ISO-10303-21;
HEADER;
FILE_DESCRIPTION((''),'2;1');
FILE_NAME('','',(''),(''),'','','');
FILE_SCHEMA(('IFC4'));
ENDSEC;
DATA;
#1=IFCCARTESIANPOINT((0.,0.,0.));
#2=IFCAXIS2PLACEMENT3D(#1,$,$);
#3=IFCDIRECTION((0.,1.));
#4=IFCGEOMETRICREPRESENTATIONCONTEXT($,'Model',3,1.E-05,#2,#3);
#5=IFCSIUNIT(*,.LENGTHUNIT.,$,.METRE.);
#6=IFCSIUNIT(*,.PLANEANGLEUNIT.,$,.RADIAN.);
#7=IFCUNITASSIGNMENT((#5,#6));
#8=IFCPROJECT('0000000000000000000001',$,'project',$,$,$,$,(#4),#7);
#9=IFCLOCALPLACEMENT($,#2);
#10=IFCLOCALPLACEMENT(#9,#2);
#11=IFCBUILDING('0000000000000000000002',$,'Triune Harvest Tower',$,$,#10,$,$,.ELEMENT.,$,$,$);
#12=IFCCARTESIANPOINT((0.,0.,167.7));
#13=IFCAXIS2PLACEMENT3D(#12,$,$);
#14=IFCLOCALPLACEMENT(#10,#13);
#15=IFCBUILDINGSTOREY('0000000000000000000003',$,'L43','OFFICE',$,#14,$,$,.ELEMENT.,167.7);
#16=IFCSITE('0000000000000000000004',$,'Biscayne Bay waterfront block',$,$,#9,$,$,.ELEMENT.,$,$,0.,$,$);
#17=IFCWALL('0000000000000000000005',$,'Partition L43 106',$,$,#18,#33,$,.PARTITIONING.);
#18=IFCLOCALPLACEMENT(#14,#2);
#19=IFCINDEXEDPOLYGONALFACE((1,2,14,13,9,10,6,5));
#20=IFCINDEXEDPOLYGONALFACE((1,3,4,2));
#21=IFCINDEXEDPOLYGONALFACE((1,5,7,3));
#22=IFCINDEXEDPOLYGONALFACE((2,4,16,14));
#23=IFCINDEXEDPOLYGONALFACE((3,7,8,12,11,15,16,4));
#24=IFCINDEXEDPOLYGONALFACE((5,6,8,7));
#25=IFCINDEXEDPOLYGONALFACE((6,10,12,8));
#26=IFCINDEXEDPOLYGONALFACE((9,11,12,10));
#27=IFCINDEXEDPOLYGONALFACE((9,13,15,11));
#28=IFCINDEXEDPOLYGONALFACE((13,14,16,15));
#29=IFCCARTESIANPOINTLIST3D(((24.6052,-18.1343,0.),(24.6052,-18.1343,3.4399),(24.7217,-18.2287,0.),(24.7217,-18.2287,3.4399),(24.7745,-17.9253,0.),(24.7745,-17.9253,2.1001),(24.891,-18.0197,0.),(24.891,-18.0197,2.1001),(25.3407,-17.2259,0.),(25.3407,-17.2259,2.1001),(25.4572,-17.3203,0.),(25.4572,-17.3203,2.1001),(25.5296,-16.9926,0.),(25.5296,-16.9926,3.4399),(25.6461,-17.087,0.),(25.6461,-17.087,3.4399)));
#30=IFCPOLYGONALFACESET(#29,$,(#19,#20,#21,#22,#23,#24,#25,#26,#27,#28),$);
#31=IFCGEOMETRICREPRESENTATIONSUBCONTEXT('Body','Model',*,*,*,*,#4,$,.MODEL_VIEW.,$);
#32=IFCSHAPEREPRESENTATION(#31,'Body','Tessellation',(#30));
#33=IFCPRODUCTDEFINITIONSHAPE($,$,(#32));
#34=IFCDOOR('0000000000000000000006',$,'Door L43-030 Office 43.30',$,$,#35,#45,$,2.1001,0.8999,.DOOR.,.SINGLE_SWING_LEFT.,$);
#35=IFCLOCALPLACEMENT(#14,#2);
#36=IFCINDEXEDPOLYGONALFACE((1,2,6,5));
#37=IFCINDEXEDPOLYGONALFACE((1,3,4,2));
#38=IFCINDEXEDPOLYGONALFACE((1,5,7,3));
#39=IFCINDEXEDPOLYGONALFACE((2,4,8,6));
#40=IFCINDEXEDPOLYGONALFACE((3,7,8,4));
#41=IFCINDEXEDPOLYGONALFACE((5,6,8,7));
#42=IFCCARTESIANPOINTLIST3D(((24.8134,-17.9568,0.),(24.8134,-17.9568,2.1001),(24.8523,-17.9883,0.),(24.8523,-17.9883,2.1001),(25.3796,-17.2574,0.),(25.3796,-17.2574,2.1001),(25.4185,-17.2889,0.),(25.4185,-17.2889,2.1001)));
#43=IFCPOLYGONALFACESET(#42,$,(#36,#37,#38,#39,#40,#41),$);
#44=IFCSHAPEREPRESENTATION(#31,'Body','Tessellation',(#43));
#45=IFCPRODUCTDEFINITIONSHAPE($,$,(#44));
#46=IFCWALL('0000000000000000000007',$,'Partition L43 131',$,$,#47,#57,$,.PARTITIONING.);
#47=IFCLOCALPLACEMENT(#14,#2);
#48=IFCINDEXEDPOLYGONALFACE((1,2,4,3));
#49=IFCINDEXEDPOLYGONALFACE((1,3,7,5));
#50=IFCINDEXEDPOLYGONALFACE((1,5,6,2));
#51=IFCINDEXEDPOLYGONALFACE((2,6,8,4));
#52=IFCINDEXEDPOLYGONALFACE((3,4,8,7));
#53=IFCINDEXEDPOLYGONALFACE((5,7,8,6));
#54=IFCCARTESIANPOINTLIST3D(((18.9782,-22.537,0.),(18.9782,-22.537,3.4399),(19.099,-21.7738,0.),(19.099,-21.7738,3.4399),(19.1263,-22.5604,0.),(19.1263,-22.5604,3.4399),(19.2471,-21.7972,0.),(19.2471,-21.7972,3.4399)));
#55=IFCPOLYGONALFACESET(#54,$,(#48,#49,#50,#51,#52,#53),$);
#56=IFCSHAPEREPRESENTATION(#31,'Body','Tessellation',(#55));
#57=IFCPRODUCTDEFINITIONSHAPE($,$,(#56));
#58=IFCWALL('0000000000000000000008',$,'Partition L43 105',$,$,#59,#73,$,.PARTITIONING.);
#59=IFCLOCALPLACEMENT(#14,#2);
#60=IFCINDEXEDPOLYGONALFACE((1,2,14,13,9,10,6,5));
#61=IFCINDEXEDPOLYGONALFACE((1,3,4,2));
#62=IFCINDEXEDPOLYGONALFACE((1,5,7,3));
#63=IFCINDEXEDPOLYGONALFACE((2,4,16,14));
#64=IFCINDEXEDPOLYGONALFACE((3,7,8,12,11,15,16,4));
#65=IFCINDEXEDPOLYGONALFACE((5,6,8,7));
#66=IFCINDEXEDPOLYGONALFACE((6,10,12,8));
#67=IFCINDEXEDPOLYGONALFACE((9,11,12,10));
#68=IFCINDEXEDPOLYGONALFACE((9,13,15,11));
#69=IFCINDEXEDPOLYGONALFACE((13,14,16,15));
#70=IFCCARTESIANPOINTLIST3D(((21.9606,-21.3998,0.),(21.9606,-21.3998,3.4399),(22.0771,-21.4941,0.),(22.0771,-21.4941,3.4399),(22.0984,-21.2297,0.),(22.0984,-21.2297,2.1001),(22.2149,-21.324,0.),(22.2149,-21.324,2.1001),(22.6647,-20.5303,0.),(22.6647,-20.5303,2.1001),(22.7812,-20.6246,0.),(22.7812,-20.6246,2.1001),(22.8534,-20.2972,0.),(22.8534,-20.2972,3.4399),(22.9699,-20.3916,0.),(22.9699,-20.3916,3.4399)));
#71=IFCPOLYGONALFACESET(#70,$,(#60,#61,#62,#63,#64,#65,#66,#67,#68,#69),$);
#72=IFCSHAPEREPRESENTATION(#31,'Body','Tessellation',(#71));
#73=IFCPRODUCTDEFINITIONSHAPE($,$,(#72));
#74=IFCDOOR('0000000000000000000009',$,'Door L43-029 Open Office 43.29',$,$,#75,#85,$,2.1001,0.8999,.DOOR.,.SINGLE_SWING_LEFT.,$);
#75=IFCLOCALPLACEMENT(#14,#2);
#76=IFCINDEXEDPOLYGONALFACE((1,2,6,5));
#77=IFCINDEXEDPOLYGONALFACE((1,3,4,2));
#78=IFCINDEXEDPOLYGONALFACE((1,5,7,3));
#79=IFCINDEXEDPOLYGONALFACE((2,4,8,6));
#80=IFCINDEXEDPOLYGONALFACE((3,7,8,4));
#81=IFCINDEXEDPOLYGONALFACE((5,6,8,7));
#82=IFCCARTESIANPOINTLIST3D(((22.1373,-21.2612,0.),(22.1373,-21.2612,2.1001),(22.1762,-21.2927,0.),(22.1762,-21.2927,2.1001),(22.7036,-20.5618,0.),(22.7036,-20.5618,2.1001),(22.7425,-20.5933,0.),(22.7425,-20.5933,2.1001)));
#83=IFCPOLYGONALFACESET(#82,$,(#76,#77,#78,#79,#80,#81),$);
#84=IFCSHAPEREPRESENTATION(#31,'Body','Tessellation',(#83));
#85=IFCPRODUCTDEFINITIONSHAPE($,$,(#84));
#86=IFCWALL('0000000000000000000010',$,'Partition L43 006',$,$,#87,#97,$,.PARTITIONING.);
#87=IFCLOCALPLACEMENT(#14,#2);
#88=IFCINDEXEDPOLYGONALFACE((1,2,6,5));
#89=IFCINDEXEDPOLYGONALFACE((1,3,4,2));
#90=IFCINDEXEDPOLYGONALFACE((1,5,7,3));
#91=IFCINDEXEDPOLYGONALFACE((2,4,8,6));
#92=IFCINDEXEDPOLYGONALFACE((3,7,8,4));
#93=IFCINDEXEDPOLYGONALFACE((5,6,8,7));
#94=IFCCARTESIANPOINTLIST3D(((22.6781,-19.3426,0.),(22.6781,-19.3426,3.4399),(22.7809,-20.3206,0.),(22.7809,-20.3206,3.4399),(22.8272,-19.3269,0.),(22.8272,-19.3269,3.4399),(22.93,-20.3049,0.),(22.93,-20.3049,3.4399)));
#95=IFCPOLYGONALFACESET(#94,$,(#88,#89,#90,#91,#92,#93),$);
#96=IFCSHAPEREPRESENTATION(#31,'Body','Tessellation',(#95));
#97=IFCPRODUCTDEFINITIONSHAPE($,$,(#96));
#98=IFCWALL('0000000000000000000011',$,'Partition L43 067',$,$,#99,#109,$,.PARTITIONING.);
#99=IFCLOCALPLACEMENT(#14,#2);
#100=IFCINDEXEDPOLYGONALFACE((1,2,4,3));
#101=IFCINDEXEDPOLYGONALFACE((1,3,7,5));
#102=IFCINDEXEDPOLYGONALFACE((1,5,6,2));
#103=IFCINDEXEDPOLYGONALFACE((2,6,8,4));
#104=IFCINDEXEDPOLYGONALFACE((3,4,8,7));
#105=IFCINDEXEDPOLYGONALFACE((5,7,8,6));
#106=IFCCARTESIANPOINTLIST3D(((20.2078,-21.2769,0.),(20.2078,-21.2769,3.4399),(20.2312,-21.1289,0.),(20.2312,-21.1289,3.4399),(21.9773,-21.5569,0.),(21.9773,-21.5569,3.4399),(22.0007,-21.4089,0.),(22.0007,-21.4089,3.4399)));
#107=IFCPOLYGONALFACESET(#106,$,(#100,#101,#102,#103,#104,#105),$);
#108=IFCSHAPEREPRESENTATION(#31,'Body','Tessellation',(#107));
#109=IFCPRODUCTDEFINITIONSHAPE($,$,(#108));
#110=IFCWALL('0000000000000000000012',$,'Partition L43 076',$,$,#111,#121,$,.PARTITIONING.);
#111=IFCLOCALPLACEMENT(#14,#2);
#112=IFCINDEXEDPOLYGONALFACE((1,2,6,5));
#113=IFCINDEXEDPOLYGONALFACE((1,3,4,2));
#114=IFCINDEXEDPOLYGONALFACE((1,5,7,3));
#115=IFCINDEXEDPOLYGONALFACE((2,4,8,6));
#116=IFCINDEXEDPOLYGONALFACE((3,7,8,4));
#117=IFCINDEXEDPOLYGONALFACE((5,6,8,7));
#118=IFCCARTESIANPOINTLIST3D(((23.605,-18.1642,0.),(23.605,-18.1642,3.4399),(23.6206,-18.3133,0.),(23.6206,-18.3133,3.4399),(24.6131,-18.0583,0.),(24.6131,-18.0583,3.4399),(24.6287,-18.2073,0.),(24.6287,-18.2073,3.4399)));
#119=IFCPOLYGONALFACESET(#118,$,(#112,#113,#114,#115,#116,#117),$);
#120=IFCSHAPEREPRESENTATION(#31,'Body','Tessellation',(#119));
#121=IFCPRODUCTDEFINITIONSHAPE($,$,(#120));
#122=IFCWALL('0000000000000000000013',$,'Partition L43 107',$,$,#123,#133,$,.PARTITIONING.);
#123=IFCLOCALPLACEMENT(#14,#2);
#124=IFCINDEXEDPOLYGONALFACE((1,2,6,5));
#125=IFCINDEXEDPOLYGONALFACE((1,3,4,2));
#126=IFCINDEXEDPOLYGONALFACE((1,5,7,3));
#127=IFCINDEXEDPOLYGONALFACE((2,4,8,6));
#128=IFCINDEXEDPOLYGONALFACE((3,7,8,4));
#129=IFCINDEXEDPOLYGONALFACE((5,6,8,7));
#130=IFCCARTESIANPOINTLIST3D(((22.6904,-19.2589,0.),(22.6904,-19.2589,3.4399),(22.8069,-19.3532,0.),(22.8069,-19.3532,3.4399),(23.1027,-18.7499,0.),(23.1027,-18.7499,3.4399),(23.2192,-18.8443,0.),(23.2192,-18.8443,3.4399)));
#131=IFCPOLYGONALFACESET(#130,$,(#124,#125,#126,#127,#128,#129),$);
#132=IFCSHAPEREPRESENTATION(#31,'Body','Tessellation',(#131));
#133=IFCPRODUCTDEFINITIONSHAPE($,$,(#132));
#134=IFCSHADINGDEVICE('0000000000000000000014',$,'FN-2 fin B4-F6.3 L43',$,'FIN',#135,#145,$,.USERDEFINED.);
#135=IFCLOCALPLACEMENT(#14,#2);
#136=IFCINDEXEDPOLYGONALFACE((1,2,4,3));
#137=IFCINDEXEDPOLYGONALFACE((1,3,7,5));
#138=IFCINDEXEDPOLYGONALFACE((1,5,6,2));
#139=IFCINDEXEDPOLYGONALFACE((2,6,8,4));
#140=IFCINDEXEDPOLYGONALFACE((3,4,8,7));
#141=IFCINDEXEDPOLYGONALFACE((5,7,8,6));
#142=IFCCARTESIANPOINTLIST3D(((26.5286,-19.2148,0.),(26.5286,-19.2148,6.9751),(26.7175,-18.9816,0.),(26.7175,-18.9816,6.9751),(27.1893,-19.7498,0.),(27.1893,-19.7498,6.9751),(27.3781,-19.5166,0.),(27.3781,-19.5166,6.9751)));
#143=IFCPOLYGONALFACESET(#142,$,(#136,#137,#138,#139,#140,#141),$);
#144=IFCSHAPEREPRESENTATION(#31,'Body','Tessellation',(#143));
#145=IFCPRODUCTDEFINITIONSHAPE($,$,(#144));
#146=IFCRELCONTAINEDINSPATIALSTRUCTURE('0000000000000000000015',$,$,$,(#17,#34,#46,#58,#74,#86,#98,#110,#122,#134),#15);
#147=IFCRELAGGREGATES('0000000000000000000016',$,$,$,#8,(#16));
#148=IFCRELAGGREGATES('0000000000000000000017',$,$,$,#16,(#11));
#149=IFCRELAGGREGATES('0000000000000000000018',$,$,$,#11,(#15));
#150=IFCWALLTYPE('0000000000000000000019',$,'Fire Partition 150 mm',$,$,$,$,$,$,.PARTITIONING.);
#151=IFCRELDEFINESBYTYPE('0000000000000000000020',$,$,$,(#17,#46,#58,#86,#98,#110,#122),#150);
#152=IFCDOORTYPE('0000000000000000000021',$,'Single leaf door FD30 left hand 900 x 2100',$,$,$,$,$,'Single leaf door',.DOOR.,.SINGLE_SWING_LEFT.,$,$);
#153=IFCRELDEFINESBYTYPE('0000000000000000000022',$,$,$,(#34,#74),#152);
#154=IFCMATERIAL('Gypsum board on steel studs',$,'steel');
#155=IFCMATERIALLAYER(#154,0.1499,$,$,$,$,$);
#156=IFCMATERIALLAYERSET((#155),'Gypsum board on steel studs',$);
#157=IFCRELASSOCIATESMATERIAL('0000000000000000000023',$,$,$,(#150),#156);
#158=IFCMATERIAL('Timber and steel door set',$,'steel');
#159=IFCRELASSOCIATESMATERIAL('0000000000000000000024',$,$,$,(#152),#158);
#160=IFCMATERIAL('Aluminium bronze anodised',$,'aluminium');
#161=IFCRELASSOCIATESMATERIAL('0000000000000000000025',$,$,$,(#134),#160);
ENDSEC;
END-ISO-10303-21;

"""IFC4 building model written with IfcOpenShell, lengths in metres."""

from ifc_helpers import new_model, si_unit, direction, frame, frame_2d, origin, origin_2d, place, context, subcontext, project, spatial, rectangle, extrude, source, transform, mapped, material, layer, layer_set, type_object, element, fill, save


model = new_model("IFC4")

# Units and contexts
model_context = context("Model", 3, precision=1e-05, world=origin(), true_north=direction((0.0, 1.0)))
body_context = subcontext(model_context, "Body", "Model", "MODEL_VIEW")
ifc_project = project(units=[si_unit("LENGTHUNIT", "METRE"), si_unit("PLANEANGLEUNIT", "RADIAN")], contexts=[model_context])

# Site, building, storey
site_placement = place(None, origin())
site = spatial("IfcSite", under=ifc_project, at=site_placement, Name="Biscayne Bay waterfront block", CompositionType="ELEMENT", RefElevation=0.0)
building_placement = place(site_placement, origin())
building = spatial("IfcBuilding", under=site, at=building_placement, Name="Triune Harvest Tower", CompositionType="ELEMENT")
storey_placement = place(building_placement, frame((0.0, 0.0, 167.7)))
storey = spatial("IfcBuildingStorey", under=building, at=storey_placement, Name="L43", Description="OFFICE", CompositionType="ELEMENT", Elevation=167.7)

# Shared definitions
ifc_material_1 = material(Name="Gypsum board on steel studs", Category="steel")
ifc_layer_1 = layer(ifc_material_1, 0.1499)
ifc_layer_set_1 = layer_set([ifc_layer_1], Name="Gypsum board on steel studs")
wall_type = type_object("IfcWallType", Name="Fire Partition 150 mm", PredefinedType="PARTITIONING", material=ifc_layer_set_1)

# Wall, opening, door
wall_1_placement = place(storey_placement, frame((24.6636, -18.1814, 0.0), z_axis=(0.0, 0.0, 1.0), x_axis=(0.629265, 0.777191, 0.0)))
wall_1 = element("IfcWall", 1, at=wall_1_placement, inside=storey, type_object=wall_type, Name="Partition L43 106", PredefinedType="PARTITIONING", context=body_context, shape_type="SweptSolid", body=[
    extrude(rectangle(XDim=1.469, YDim=0.1499, at=frame_2d((0.7344, 0.0))), origin(), (0.0, 0.0, 1.0), 3.4399),
])
opening_1_placement = place(wall_1_placement, frame((0.2688, 0.0, 0.0)))
opening_1 = element("IfcOpeningElement", 2, at=opening_1_placement, cuts=wall_1, PredefinedType="OPENING", context=body_context, shape_type="SweptSolid", body=[
    extrude(rectangle(XDim=0.8999, YDim=2.1001, at=frame_2d((0.45, 1.05))), frame((0.0, 0.085, 0.0), z_axis=(0.0, -1.0, 0.0), x_axis=(1.0, 0.0, 0.0)), (0.0, 0.0, 1.0), 0.1699),
])
ifc_material_2 = material(Name="Timber and steel door set", Category="steel")
door_type = type_object("IfcDoorType", Name="Single leaf door FD30 left hand 900 x 2100", ElementType="Single leaf door", OperationType="SINGLE_SWING_LEFT", PredefinedType="DOOR", material=ifc_material_2)
door_1_placement = place(opening_1_placement, origin())
door_1 = element("IfcDoor", 3, at=door_1_placement, inside=storey, type_object=door_type, Name="Door L43-030 Office 43.30", OperationType="SINGLE_SWING_LEFT", OverallHeight=2.1001, OverallWidth=0.8999, PredefinedType="DOOR", context=body_context, shape_type="SweptSolid", body=[
    extrude(rectangle(XDim=0.8999, YDim=2.1001, at=frame_2d((0.45, 1.05))), frame((0.0, 0.0249, 0.0), z_axis=(0.0, -1.0, 0.0), x_axis=(1.0, 0.0, 0.0)), (0.0, 0.0, 1.0), 0.05),
])
fill(opening_1, door_1)

# Wall
wall_2_placement = place(storey_placement, frame((19.0522, -22.5486, 0.0), z_axis=(0.0, 0.0, 1.0), x_axis=(0.156401, 0.987694, 0.0)))
element("IfcWall", 4, at=wall_2_placement, inside=storey, type_object=wall_type, Name="Partition L43 131", PredefinedType="PARTITIONING", context=body_context, shape_type="SweptSolid", body=[
    extrude(rectangle(XDim=0.7727, YDim=0.1499, at=frame_2d((0.3862, 0.0))), origin(), (0.0, 0.0, 1.0), 3.4399),
])

# Wall, opening, door
shared_shape_1 = source(origin(), body_context, "Body", "SweptSolid", [
    extrude(rectangle(XDim=1.4187, YDim=0.1499, at=frame_2d((0.7095, 0.0))), origin(), (0.0, 0.0, 1.0), 3.4399),
])
wall_3_placement = place(storey_placement, frame((22.0188, -21.447, 0.0), z_axis=(0.0, 0.0, 1.0), x_axis=(0.629322, 0.777145, 0.0)))
wall_3 = element("IfcWall", 5, at=wall_3_placement, inside=storey, type_object=wall_type, Name="Partition L43 105", PredefinedType="PARTITIONING", context=body_context, shape_type="MappedRepresentation", body=[
    mapped(shared_shape_1, transform((0.0, 0.0, 0.0), scale=1.0)),
])
opening_2_placement = place(wall_3_placement, frame((0.219, 0.0, 0.0)))
opening_2 = element("IfcOpeningElement", 6, at=opening_2_placement, cuts=wall_3, PredefinedType="OPENING", context=body_context, shape_type="SweptSolid", body=[
    extrude(rectangle(XDim=0.8999, YDim=2.1001, at=frame_2d((0.45, 1.05))), frame((0.0, 0.085, 0.0), z_axis=(0.0, -1.0, 0.0), x_axis=(1.0, 0.0, 0.0)), (0.0, 0.0, 1.0), 0.1699),
])
door_2_placement = place(opening_2_placement, origin())
door_2 = element("IfcDoor", 7, at=door_2_placement, inside=storey, type_object=door_type, Name="Door L43-029 Open Office 43.29", OperationType="SINGLE_SWING_LEFT", OverallHeight=2.1001, OverallWidth=0.8999, PredefinedType="DOOR", context=body_context, shape_type="SweptSolid", body=[
    extrude(rectangle(XDim=0.8999, YDim=2.1001, at=frame_2d((0.45, 1.05))), frame((0.0, 0.0249, 0.0), z_axis=(0.0, -1.0, 0.0), x_axis=(1.0, 0.0, 0.0)), (0.0, 0.0, 1.0), 0.05),
])
fill(opening_2, door_2)

# Walls
shared_shape_2 = source(origin(), body_context, "Body", "SweptSolid", [
    extrude(rectangle(XDim=0.9834, YDim=0.1499, at=frame_2d((0.4917, 0.0))), origin(), (0.0, 0.0, 1.0), 3.4399),
])
wall_4_placement = place(storey_placement, frame((22.7527, -19.3347, 0.0), z_axis=(0.0, 0.0, 1.0), x_axis=(0.104517, -0.994523, 0.0)))
element("IfcWall", 8, at=wall_4_placement, inside=storey, type_object=wall_type, Name="Partition L43 006", PredefinedType="PARTITIONING", context=body_context, shape_type="MappedRepresentation", body=[
    mapped(shared_shape_2, transform((0.0, 0.0, 0.0), scale=1.0)),
])
shared_shape_3 = source(origin(), body_context, "Body", "SweptSolid", [
    extrude(rectangle(XDim=1.7915, YDim=0.1499, at=frame_2d((0.8958, 0.0))), origin(), (0.0, 0.0, 1.0), 3.4399),
])
wall_5_placement = place(storey_placement, frame((20.2195, -21.2029, 0.0), z_axis=(0.0, 0.0, 1.0), x_axis=(0.987709, -0.156305, 0.0)))
element("IfcWall", 9, at=wall_5_placement, inside=storey, type_object=wall_type, Name="Partition L43 067", PredefinedType="PARTITIONING", context=body_context, shape_type="MappedRepresentation", body=[
    mapped(shared_shape_3, transform((0.0, 0.0, 0.0), scale=1.0)),
])
shared_shape_4 = source(origin(), body_context, "Body", "SweptSolid", [
    extrude(rectangle(XDim=1.0137, YDim=0.1499, at=frame_2d((0.5068, 0.0))), origin(), (0.0, 0.0, 1.0), 3.4399),
])
wall_6_placement = place(storey_placement, frame((23.6128, -18.2388, 0.0), z_axis=(0.0, 0.0, 1.0), x_axis=(0.994521, 0.104534, 0.0)))
element("IfcWall", 10, at=wall_6_placement, inside=storey, type_object=wall_type, Name="Partition L43 076", PredefinedType="PARTITIONING", context=body_context, shape_type="MappedRepresentation", body=[
    mapped(shared_shape_4, transform((0.0, 0.0, 0.0), scale=1.0)),
])
shared_shape_5 = source(origin(), body_context, "Body", "SweptSolid", [
    extrude(rectangle(XDim=0.655, YDim=0.1499, at=frame_2d((0.3276, 0.0))), origin(), (0.0, 0.0, 1.0), 3.4399),
])
wall_7_placement = place(storey_placement, frame((22.7485, -19.3062, 0.0), z_axis=(0.0, 0.0, 1.0), x_axis=(0.629455, 0.777037, 0.0)))
element("IfcWall", 11, at=wall_7_placement, inside=storey, type_object=wall_type, Name="Partition L43 107", PredefinedType="PARTITIONING", context=body_context, shape_type="MappedRepresentation", body=[
    mapped(shared_shape_5, transform((0.0, 0.0, 0.0), scale=1.0)),
])

# Shading device
ifc_material_3 = material(Name="Aluminium bronze anodised", Category="aluminium")
shared_shape_6 = source(origin(), body_context, "Body", "SweptSolid", [
    extrude(rectangle(XDim=0.3, YDim=0.8501, at=origin_2d()), origin(), (0.0, 0.0, 1.0), 6.9751),
])
shading_device_placement = place(storey_placement, frame((26.9534, -19.3657, 0.0), z_axis=(0.0, 0.0, 1.0), x_axis=(0.629321, 0.777146, 0.0)))
element("IfcShadingDevice", 12, at=shading_device_placement, inside=storey, material=ifc_material_3, Name="FN-2 fin B4-F6.3 L43", ObjectType="FIN", PredefinedType="USERDEFINED", context=body_context, shape_type="MappedRepresentation", body=[
    mapped(shared_shape_6, transform((0.0, 0.0, 0.0), scale=1.0)),
])

save(model, "model.ifc")
